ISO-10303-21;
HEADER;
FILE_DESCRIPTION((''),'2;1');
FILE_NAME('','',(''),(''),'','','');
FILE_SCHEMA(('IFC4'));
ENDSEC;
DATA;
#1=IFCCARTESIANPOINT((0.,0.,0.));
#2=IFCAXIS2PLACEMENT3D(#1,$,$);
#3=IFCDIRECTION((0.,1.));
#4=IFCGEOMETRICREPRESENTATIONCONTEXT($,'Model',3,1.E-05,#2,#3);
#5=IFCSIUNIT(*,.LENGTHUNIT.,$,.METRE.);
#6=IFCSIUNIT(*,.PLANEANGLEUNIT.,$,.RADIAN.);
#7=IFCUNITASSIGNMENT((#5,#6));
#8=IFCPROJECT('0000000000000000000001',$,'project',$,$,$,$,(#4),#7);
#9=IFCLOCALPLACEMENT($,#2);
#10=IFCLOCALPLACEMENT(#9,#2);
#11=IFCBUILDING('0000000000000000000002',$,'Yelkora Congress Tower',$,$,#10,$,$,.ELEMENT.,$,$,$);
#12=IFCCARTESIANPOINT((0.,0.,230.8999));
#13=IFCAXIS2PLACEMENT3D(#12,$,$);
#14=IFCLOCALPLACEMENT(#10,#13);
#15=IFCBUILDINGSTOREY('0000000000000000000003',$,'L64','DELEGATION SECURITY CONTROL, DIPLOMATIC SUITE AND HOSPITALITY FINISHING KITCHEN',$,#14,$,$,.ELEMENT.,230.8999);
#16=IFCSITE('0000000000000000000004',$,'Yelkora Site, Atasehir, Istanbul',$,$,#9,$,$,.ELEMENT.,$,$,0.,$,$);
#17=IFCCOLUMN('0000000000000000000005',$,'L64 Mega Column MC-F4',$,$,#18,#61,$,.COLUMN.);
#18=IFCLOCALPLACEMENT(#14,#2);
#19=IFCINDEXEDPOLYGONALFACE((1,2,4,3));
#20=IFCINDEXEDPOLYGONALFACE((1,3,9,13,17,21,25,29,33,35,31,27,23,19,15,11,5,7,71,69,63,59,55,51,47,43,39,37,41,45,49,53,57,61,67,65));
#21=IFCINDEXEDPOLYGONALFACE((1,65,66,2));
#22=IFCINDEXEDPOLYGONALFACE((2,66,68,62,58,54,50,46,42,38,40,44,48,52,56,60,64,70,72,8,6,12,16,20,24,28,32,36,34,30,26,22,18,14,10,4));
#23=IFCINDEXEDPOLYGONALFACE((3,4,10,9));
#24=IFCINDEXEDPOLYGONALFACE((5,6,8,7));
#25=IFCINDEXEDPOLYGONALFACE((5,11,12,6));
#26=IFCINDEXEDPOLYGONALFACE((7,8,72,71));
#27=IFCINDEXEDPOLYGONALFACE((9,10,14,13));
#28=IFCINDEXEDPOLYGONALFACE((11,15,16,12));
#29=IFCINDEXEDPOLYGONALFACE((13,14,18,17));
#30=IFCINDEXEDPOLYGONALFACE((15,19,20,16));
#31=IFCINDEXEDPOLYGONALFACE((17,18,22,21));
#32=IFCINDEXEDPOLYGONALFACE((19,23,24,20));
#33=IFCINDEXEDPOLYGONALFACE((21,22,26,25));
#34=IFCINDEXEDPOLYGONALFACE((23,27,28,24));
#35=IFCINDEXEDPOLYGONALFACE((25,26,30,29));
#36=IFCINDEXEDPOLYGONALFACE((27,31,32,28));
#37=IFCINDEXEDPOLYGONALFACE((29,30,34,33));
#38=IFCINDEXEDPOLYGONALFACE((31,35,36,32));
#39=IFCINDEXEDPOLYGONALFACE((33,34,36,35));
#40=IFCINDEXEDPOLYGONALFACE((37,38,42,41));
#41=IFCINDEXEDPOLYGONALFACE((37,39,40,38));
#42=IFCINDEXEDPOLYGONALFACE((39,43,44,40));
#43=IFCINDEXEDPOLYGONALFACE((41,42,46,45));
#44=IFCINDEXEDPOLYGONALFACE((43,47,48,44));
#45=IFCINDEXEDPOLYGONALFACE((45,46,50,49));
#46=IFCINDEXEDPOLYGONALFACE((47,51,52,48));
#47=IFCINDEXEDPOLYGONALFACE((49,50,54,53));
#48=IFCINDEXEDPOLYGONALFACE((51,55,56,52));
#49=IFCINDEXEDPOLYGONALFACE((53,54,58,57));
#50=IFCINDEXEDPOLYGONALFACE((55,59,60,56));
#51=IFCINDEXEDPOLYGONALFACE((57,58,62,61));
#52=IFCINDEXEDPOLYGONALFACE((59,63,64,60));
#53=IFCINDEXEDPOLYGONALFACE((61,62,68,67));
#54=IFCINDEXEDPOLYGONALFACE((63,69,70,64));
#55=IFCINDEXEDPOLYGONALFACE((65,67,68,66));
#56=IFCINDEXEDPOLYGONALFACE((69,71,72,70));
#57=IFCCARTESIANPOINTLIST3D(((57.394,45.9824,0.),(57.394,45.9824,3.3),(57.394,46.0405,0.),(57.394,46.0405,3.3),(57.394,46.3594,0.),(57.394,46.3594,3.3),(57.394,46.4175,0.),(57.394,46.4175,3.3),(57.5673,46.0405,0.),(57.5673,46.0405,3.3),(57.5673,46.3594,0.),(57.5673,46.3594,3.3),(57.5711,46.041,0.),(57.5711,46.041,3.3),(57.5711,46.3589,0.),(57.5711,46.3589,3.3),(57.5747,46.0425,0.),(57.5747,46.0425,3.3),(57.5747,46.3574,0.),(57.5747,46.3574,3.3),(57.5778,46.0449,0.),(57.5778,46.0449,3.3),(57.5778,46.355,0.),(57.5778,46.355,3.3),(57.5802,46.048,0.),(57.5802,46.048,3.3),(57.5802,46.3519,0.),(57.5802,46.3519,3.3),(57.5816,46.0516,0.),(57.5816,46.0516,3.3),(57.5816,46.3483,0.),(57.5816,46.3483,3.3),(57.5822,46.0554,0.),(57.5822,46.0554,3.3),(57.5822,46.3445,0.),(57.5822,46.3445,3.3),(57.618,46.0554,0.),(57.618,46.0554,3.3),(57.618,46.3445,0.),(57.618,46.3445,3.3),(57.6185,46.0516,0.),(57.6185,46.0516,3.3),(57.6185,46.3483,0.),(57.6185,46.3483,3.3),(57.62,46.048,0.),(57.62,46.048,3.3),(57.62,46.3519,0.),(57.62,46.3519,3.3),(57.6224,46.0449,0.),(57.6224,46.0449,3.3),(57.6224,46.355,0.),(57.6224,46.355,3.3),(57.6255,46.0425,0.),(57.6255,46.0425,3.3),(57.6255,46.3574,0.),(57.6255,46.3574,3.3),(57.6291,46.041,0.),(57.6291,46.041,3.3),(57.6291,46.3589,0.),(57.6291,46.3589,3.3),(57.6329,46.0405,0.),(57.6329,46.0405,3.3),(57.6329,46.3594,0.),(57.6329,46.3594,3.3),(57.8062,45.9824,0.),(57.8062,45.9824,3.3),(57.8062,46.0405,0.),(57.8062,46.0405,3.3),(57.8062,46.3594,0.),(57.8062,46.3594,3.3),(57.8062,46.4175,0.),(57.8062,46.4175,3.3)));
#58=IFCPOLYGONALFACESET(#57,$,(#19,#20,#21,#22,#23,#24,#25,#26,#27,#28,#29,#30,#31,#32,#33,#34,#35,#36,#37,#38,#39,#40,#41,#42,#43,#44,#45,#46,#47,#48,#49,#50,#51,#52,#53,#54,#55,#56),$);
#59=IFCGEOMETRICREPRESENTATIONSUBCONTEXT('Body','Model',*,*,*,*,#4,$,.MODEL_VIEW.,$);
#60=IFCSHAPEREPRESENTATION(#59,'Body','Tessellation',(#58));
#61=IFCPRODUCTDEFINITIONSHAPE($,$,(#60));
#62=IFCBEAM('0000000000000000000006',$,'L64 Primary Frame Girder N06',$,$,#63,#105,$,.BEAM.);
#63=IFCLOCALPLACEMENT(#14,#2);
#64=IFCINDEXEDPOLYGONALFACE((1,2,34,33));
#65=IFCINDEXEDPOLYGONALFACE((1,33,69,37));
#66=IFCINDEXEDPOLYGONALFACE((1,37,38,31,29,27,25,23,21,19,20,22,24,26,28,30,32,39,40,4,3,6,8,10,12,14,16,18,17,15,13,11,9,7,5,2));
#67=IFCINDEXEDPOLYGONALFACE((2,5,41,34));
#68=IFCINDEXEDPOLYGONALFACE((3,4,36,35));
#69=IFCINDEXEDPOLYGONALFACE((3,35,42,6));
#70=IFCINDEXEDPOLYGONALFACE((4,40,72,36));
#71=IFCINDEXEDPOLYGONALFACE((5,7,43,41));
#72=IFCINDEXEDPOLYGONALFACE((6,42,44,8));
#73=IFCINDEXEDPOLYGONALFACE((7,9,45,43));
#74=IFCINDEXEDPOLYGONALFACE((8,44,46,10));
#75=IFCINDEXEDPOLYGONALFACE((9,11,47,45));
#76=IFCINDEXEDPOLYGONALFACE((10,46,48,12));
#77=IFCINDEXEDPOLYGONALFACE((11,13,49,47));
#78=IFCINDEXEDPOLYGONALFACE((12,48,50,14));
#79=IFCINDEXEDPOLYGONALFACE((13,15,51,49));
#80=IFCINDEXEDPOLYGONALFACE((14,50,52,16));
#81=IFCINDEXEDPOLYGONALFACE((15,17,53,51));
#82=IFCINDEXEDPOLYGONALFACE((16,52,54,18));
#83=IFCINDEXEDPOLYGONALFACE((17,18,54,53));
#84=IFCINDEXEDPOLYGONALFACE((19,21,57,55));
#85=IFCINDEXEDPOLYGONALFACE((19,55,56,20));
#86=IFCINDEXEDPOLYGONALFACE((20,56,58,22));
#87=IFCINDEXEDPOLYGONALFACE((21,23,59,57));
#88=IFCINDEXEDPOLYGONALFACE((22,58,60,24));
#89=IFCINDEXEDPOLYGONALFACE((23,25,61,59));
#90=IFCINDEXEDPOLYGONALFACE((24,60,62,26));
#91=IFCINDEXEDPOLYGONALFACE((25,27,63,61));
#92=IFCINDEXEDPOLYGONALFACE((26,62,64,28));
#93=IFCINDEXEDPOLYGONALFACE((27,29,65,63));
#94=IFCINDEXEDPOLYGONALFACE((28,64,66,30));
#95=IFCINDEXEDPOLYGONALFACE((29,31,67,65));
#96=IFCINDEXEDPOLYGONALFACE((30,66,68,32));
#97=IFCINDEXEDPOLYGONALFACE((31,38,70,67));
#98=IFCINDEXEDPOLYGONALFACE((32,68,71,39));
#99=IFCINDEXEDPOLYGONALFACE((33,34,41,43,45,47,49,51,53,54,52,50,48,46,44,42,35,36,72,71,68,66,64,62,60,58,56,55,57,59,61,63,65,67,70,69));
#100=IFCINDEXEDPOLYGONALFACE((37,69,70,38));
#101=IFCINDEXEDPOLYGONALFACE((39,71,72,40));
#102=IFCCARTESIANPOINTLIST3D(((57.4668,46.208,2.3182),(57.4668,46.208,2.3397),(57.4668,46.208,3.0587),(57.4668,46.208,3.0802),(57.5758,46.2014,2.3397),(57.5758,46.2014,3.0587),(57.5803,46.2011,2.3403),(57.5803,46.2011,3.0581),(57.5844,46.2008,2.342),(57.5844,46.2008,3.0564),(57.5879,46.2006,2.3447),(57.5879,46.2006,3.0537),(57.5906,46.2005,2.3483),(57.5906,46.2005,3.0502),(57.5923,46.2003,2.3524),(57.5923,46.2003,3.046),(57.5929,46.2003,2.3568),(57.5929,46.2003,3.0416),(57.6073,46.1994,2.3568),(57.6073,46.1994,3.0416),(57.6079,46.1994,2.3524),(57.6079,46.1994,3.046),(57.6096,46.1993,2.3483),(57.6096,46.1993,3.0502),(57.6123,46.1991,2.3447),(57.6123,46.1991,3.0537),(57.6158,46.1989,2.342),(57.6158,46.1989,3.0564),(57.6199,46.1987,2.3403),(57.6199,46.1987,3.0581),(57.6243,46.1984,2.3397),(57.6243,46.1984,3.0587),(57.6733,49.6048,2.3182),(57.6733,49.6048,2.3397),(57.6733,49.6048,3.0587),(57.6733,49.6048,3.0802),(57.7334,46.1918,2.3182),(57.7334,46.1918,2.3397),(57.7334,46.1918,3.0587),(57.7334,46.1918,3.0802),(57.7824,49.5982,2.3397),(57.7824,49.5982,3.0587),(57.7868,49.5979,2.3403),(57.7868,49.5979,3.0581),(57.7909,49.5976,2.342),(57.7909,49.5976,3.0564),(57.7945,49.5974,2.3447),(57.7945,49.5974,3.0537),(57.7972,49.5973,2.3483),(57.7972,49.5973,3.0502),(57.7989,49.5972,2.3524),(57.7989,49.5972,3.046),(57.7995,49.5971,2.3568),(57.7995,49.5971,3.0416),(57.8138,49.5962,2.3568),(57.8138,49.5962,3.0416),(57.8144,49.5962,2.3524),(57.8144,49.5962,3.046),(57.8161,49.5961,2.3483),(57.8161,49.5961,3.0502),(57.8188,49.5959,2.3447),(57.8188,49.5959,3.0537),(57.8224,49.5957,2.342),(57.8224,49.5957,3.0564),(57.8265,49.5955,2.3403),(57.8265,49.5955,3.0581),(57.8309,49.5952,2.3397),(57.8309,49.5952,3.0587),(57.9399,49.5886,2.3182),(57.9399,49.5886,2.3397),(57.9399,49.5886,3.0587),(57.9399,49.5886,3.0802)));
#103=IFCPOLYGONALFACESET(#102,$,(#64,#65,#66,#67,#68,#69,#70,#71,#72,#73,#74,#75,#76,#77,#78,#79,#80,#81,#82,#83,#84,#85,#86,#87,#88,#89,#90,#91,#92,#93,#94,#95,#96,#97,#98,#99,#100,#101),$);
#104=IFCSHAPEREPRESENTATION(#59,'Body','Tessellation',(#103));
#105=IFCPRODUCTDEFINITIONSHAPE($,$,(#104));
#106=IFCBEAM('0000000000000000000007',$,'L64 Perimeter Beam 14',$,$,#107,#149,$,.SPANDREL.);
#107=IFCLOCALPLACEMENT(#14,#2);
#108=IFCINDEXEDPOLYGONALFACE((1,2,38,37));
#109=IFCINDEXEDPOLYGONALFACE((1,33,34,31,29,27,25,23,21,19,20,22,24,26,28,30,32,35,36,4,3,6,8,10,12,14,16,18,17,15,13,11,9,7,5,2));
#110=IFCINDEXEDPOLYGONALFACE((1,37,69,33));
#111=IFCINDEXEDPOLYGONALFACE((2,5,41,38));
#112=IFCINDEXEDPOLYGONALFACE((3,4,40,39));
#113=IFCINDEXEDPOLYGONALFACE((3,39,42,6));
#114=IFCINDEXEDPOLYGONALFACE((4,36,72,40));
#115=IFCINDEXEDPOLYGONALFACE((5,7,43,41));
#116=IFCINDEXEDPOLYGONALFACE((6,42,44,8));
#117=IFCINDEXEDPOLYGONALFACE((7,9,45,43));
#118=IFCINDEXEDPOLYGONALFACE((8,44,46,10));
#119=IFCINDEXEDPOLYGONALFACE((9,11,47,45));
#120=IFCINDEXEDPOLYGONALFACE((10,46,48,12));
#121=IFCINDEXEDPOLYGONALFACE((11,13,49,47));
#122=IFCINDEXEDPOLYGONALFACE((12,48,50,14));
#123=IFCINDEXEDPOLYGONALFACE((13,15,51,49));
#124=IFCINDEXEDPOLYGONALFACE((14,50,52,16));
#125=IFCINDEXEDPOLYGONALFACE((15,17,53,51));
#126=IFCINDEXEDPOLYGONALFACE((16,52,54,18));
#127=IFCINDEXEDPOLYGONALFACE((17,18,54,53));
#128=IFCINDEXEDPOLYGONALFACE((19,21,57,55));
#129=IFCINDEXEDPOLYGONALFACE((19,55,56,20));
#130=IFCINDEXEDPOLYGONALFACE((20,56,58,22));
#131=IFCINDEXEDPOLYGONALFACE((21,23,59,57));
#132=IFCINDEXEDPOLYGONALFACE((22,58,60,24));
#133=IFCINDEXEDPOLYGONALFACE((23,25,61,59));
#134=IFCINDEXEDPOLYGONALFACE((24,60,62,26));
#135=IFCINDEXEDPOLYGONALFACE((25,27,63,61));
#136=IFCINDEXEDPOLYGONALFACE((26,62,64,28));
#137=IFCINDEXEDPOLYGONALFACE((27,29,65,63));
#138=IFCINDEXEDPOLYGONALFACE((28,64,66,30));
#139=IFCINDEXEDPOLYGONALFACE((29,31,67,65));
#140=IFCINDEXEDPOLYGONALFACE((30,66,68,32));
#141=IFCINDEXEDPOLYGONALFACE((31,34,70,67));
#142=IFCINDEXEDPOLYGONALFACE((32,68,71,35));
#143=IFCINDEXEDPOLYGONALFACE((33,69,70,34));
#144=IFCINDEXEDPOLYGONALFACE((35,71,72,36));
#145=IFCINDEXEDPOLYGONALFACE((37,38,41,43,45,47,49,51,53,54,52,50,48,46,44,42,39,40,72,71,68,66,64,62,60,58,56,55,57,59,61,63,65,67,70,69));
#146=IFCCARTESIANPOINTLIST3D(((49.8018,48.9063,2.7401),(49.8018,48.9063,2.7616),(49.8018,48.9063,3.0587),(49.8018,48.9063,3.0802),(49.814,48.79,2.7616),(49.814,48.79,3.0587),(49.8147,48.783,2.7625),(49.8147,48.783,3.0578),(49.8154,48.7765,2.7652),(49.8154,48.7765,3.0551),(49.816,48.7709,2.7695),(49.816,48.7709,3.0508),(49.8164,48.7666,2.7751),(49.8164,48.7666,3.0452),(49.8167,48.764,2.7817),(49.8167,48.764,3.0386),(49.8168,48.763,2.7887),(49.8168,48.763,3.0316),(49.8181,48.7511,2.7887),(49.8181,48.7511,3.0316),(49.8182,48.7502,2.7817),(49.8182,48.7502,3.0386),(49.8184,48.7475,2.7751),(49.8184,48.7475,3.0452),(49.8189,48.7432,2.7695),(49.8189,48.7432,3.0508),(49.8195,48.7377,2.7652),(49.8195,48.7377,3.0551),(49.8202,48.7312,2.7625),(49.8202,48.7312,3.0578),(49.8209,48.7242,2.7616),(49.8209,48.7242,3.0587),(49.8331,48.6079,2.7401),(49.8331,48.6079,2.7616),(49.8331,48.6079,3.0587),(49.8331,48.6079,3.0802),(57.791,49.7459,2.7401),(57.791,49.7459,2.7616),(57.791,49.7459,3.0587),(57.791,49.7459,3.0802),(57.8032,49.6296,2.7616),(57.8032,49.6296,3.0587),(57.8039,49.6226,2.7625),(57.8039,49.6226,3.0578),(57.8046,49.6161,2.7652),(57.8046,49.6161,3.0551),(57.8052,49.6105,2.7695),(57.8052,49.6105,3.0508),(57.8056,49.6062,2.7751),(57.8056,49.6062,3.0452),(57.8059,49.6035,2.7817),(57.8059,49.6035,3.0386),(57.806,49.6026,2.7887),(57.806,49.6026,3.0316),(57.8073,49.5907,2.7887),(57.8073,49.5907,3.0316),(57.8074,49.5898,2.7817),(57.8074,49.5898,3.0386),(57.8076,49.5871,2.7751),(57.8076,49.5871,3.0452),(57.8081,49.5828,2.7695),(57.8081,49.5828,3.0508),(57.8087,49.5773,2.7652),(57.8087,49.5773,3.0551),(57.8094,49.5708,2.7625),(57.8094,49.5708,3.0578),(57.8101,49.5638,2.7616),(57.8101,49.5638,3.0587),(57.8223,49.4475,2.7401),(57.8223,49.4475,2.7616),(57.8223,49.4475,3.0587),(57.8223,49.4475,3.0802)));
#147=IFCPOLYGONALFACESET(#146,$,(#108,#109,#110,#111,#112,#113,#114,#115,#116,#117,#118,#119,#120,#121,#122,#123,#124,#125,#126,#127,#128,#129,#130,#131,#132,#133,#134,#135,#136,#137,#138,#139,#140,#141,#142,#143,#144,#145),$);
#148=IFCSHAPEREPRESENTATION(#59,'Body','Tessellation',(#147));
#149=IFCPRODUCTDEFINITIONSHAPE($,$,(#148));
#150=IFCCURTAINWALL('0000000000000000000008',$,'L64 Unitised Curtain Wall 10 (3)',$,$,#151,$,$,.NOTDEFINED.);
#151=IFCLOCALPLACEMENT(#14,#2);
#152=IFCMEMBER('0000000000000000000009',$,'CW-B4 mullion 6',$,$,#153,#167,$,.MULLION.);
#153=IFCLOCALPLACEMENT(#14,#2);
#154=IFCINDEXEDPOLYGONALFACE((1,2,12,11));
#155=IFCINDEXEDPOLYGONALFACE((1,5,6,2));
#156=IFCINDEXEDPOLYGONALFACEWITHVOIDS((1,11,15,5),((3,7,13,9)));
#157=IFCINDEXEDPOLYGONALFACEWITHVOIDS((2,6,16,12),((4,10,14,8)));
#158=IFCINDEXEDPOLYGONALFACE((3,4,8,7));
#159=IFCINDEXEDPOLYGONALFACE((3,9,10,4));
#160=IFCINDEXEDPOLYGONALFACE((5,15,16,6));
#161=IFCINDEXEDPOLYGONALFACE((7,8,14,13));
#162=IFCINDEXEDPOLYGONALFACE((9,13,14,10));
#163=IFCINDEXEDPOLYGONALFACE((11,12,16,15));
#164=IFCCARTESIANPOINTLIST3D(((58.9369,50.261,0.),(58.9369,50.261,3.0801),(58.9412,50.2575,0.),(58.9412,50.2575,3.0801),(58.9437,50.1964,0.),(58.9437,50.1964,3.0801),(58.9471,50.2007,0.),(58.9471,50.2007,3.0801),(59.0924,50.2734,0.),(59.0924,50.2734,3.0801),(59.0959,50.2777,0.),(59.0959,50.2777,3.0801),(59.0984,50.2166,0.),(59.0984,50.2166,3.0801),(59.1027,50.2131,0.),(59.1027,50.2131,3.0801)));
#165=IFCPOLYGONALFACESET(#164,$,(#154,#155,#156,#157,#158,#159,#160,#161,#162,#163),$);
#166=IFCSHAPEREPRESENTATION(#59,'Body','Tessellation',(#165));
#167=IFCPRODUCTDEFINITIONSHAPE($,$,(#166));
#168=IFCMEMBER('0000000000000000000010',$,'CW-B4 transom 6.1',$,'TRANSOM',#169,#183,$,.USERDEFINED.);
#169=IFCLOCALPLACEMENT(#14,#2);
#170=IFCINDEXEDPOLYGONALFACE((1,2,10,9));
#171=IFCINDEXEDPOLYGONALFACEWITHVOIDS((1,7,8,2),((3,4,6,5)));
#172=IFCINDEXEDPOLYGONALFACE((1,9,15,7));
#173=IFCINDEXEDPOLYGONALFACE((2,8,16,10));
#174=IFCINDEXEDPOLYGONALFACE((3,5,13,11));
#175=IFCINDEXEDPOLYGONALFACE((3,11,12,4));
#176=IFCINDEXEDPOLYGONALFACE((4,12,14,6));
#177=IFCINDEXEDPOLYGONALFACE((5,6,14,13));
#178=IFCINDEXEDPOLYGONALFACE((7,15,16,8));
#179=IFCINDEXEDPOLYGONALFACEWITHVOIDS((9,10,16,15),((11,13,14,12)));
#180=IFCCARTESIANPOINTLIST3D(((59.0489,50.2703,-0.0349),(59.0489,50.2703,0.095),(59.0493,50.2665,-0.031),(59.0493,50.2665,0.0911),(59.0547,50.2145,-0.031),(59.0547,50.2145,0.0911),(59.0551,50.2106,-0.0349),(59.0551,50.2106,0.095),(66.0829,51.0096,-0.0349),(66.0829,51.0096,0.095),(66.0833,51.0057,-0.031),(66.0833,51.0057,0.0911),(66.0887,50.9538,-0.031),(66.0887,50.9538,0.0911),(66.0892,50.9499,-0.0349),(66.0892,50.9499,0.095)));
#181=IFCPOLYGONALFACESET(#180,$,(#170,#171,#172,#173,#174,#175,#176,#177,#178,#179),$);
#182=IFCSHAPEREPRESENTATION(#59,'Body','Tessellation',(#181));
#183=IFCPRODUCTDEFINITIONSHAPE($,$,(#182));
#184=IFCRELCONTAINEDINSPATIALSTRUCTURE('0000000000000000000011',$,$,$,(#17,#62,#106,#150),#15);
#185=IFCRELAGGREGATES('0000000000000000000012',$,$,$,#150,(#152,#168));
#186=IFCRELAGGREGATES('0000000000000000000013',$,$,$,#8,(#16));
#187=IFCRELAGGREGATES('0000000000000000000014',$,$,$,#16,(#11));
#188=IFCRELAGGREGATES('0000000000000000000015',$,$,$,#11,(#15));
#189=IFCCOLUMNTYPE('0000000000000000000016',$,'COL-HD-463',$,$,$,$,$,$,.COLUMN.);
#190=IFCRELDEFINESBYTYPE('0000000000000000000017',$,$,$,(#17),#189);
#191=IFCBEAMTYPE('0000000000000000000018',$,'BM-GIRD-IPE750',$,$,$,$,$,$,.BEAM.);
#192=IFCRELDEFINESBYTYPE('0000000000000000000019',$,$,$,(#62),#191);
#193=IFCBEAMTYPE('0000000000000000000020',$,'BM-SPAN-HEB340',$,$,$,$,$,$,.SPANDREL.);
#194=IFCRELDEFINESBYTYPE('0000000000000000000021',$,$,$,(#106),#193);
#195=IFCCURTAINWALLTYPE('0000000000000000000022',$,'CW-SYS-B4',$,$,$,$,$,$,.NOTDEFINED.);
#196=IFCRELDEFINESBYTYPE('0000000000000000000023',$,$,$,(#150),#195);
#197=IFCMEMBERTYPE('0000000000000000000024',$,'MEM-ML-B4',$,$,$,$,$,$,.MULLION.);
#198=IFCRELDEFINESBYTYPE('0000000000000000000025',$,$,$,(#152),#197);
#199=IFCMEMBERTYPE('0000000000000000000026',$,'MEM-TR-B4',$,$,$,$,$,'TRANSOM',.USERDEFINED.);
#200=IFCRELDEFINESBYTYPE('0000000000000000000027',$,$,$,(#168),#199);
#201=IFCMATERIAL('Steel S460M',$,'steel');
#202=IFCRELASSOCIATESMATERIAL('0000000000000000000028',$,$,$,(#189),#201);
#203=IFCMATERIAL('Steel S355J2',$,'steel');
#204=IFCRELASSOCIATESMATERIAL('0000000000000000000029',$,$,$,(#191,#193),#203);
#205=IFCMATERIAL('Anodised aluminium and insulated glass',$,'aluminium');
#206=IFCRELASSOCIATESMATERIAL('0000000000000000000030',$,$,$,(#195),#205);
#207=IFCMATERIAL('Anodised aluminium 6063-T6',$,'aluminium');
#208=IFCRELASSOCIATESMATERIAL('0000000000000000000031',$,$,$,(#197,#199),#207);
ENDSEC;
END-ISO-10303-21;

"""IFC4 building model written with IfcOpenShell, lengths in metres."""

from ifc_helpers import new_model, si_unit, direction, frame, origin, origin_2d, place, context, subcontext, project, spatial, hollow_rectangle, i_section, extrude, material, material_profile, profile_set, type_object, element, aggregate, save


model = new_model("IFC4")

# Units and contexts
model_context = context("Model", 3, precision=1e-05, world=origin(), true_north=direction((0.0, 1.0)))
body_context = subcontext(model_context, "Body", "Model", "MODEL_VIEW")
ifc_project = project(units=[si_unit("LENGTHUNIT", "METRE"), si_unit("PLANEANGLEUNIT", "RADIAN")], contexts=[model_context])

# Site, building, storey
site_placement = place(None, origin())
site = spatial("IfcSite", under=ifc_project, at=site_placement, Name="Yelkora Site, Atasehir, Istanbul", CompositionType="ELEMENT", RefElevation=0.0)
building_placement = place(site_placement, origin())
building = spatial("IfcBuilding", under=site, at=building_placement, Name="Yelkora Congress Tower", CompositionType="ELEMENT")
storey_placement = place(building_placement, frame((0.0, 0.0, 230.8999)))
storey = spatial("IfcBuildingStorey", under=building, at=storey_placement, Name="L64", Description="DELEGATION SECURITY CONTROL, DIPLOMATIC SUITE AND HOSPITALITY FINISHING KITCHEN", CompositionType="ELEMENT", Elevation=230.8999)

# Column
ifc_material_1 = material(Name="Steel S355J2", Category="steel")
ifc_material_2 = material(Name="Steel S460M", Category="steel")
ifc_material_profile_1 = material_profile(ifc_material_2, i_section(OverallWidth=0.4121, OverallDepth=0.4351, WebThickness=0.0359, FlangeThickness=0.0581, FilletRadius=0.0149, at=origin_2d()), Name="HD 400x463")
ifc_profile_set_1 = profile_set([ifc_material_profile_1], Name="Steel S460M")
column_type_1 = type_object("IfcColumnType", Name="COL-HD-463", PredefinedType="COLUMN", material=ifc_profile_set_1)
for number, where, z_axis, x_axis, name in (
    (1, (57.6001, 46.2, 0.0), (0.0, 0.0, 1.0), (1.0, 0.0, 0.0), "L64 Mega Column MC-F4"),
):
    element("IfcColumn", number, at=place(storey_placement, frame(where, z_axis=z_axis, x_axis=x_axis)), inside=storey, type_object=column_type_1, Name=name, PredefinedType="COLUMN", context=body_context, shape_type="SweptSolid", body=[
        extrude(i_section(OverallWidth=0.4121, OverallDepth=0.4351, WebThickness=0.0359, FlangeThickness=0.0581, FilletRadius=0.0149, at=origin_2d()), origin(), (0.0, 0.0, 1.0), 3.3),
    ])

# Beams
ifc_material_profile_2 = material_profile(ifc_material_1, i_section(OverallWidth=0.2671, OverallDepth=0.762, WebThickness=0.0144, FlangeThickness=0.0215, FilletRadius=0.0171, at=origin_2d()), Name="IPE 750x173")
ifc_profile_set_2 = profile_set([ifc_material_profile_2], Name="Steel S355J2")
beam_type_1 = type_object("IfcBeamType", Name="BM-GIRD-IPE750", PredefinedType="BEAM", material=ifc_profile_set_2)
beam_1_placement = place(storey_placement, frame((57.8066, 49.5967, 2.6992), z_axis=(-0.060694, -0.998156, 0.0), x_axis=(0.998156, -0.060694, 0.0)))
element("IfcBeam", 2, at=beam_1_placement, inside=storey, type_object=beam_type_1, Name="L64 Primary Frame Girder N06", PredefinedType="BEAM", context=body_context, shape_type="SweptSolid", body=[
    extrude(i_section(OverallWidth=0.2671, OverallDepth=0.762, WebThickness=0.0144, FlangeThickness=0.0215, FilletRadius=0.0171, at=origin_2d()), origin(), (0.0, 0.0, 1.0), 3.4031),
])
ifc_material_profile_3 = material_profile(ifc_material_1, i_section(OverallWidth=0.3, OverallDepth=0.3401, WebThickness=0.012, FlangeThickness=0.0215, FilletRadius=0.0271, at=origin_2d()), Name="HEB 340")
ifc_profile_set_3 = profile_set([ifc_material_profile_3], Name="Steel S355J2")
beam_type_2 = type_object("IfcBeamType", Name="BM-SPAN-HEB340", PredefinedType="SPANDREL", material=ifc_profile_set_3)
beam_2_placement = place(storey_placement, frame((57.8066, 49.5967, 2.9102), z_axis=(-0.994523, -0.104516, 0.0), x_axis=(0.104516, -0.994523, 0.0)))
element("IfcBeam", 3, at=beam_2_placement, inside=storey, type_object=beam_type_2, Name="L64 Perimeter Beam 14", PredefinedType="SPANDREL", context=body_context, shape_type="SweptSolid", body=[
    extrude(i_section(OverallWidth=0.3, OverallDepth=0.3401, WebThickness=0.012, FlangeThickness=0.0215, FilletRadius=0.0271, at=origin_2d()), origin(), (0.0, 0.0, 1.0), 8.0332),
])

# Curtain wall, members
ifc_material_3 = material(Name="Anodised aluminium and insulated glass", Category="aluminium")
curtain_wall_type = type_object("IfcCurtainWallType", Name="CW-SYS-B4", PredefinedType="NOTDEFINED", material=ifc_material_3)
curtain_wall_placement = place(storey_placement, origin())
curtain_wall = element("IfcCurtainWall", 4, at=curtain_wall_placement, inside=storey, type_object=curtain_wall_type, Name="L64 Unitised Curtain Wall 10 (3)", PredefinedType="NOTDEFINED")
ifc_material_4 = material(Name="Anodised aluminium 6063-T6", Category="aluminium")
ifc_material_profile_4 = material_profile(ifc_material_4, hollow_rectangle(XDim=0.0649, YDim=0.1599, WallThickness=0.0039, at=origin_2d()), Name="ALU 65x160x4")
ifc_profile_set_4 = profile_set([ifc_material_profile_4], Name="Anodised aluminium 6063-T6")
member_type_1 = type_object("IfcMemberType", Name="MEM-ML-B4", PredefinedType="MULLION", material=ifc_profile_set_4)
member_1_placement = place(storey_placement, frame((59.0198, 50.2371, 0.0), z_axis=(0.0, 0.0, 1.0), x_axis=(-0.104528, 0.994522, 0.0)))
member_1 = element("IfcMember", 5, at=member_1_placement, type_object=member_type_1, Name="CW-B4 mullion 6", PredefinedType="MULLION", context=body_context, shape_type="SweptSolid", body=[
    extrude(hollow_rectangle(XDim=0.0649, YDim=0.1599, WallThickness=0.0039, at=origin_2d()), origin(), (0.0, 0.0, 1.0), 3.0801),
])
ifc_material_profile_5 = material_profile(ifc_material_4, hollow_rectangle(XDim=0.0601, YDim=0.1299, WallThickness=0.0039, at=origin_2d()), Name="ALU 60x130x4")
ifc_profile_set_5 = profile_set([ifc_material_profile_5], Name="Anodised aluminium 6063-T6")
member_type_2 = type_object("IfcMemberType", Name="MEM-TR-B4", ElementType="TRANSOM", PredefinedType="USERDEFINED", material=ifc_profile_set_5)
member_2_placement = place(storey_placement, frame((59.052, 50.2405, 0.03), z_axis=(0.994522, 0.104523, 0.0), x_axis=(-0.104523, 0.994522, 0.0)))
member_2 = element("IfcMember", 6, at=member_2_placement, type_object=member_type_2, Name="CW-B4 transom 6.1", ObjectType="TRANSOM", PredefinedType="USERDEFINED", context=body_context, shape_type="SweptSolid", body=[
    extrude(hollow_rectangle(XDim=0.0601, YDim=0.1299, WallThickness=0.0039, at=origin_2d()), origin(), (0.0, 0.0, 1.0), 7.0728),
])
aggregate(curtain_wall, [member_1, member_2])

save(model, "model.ifc")
